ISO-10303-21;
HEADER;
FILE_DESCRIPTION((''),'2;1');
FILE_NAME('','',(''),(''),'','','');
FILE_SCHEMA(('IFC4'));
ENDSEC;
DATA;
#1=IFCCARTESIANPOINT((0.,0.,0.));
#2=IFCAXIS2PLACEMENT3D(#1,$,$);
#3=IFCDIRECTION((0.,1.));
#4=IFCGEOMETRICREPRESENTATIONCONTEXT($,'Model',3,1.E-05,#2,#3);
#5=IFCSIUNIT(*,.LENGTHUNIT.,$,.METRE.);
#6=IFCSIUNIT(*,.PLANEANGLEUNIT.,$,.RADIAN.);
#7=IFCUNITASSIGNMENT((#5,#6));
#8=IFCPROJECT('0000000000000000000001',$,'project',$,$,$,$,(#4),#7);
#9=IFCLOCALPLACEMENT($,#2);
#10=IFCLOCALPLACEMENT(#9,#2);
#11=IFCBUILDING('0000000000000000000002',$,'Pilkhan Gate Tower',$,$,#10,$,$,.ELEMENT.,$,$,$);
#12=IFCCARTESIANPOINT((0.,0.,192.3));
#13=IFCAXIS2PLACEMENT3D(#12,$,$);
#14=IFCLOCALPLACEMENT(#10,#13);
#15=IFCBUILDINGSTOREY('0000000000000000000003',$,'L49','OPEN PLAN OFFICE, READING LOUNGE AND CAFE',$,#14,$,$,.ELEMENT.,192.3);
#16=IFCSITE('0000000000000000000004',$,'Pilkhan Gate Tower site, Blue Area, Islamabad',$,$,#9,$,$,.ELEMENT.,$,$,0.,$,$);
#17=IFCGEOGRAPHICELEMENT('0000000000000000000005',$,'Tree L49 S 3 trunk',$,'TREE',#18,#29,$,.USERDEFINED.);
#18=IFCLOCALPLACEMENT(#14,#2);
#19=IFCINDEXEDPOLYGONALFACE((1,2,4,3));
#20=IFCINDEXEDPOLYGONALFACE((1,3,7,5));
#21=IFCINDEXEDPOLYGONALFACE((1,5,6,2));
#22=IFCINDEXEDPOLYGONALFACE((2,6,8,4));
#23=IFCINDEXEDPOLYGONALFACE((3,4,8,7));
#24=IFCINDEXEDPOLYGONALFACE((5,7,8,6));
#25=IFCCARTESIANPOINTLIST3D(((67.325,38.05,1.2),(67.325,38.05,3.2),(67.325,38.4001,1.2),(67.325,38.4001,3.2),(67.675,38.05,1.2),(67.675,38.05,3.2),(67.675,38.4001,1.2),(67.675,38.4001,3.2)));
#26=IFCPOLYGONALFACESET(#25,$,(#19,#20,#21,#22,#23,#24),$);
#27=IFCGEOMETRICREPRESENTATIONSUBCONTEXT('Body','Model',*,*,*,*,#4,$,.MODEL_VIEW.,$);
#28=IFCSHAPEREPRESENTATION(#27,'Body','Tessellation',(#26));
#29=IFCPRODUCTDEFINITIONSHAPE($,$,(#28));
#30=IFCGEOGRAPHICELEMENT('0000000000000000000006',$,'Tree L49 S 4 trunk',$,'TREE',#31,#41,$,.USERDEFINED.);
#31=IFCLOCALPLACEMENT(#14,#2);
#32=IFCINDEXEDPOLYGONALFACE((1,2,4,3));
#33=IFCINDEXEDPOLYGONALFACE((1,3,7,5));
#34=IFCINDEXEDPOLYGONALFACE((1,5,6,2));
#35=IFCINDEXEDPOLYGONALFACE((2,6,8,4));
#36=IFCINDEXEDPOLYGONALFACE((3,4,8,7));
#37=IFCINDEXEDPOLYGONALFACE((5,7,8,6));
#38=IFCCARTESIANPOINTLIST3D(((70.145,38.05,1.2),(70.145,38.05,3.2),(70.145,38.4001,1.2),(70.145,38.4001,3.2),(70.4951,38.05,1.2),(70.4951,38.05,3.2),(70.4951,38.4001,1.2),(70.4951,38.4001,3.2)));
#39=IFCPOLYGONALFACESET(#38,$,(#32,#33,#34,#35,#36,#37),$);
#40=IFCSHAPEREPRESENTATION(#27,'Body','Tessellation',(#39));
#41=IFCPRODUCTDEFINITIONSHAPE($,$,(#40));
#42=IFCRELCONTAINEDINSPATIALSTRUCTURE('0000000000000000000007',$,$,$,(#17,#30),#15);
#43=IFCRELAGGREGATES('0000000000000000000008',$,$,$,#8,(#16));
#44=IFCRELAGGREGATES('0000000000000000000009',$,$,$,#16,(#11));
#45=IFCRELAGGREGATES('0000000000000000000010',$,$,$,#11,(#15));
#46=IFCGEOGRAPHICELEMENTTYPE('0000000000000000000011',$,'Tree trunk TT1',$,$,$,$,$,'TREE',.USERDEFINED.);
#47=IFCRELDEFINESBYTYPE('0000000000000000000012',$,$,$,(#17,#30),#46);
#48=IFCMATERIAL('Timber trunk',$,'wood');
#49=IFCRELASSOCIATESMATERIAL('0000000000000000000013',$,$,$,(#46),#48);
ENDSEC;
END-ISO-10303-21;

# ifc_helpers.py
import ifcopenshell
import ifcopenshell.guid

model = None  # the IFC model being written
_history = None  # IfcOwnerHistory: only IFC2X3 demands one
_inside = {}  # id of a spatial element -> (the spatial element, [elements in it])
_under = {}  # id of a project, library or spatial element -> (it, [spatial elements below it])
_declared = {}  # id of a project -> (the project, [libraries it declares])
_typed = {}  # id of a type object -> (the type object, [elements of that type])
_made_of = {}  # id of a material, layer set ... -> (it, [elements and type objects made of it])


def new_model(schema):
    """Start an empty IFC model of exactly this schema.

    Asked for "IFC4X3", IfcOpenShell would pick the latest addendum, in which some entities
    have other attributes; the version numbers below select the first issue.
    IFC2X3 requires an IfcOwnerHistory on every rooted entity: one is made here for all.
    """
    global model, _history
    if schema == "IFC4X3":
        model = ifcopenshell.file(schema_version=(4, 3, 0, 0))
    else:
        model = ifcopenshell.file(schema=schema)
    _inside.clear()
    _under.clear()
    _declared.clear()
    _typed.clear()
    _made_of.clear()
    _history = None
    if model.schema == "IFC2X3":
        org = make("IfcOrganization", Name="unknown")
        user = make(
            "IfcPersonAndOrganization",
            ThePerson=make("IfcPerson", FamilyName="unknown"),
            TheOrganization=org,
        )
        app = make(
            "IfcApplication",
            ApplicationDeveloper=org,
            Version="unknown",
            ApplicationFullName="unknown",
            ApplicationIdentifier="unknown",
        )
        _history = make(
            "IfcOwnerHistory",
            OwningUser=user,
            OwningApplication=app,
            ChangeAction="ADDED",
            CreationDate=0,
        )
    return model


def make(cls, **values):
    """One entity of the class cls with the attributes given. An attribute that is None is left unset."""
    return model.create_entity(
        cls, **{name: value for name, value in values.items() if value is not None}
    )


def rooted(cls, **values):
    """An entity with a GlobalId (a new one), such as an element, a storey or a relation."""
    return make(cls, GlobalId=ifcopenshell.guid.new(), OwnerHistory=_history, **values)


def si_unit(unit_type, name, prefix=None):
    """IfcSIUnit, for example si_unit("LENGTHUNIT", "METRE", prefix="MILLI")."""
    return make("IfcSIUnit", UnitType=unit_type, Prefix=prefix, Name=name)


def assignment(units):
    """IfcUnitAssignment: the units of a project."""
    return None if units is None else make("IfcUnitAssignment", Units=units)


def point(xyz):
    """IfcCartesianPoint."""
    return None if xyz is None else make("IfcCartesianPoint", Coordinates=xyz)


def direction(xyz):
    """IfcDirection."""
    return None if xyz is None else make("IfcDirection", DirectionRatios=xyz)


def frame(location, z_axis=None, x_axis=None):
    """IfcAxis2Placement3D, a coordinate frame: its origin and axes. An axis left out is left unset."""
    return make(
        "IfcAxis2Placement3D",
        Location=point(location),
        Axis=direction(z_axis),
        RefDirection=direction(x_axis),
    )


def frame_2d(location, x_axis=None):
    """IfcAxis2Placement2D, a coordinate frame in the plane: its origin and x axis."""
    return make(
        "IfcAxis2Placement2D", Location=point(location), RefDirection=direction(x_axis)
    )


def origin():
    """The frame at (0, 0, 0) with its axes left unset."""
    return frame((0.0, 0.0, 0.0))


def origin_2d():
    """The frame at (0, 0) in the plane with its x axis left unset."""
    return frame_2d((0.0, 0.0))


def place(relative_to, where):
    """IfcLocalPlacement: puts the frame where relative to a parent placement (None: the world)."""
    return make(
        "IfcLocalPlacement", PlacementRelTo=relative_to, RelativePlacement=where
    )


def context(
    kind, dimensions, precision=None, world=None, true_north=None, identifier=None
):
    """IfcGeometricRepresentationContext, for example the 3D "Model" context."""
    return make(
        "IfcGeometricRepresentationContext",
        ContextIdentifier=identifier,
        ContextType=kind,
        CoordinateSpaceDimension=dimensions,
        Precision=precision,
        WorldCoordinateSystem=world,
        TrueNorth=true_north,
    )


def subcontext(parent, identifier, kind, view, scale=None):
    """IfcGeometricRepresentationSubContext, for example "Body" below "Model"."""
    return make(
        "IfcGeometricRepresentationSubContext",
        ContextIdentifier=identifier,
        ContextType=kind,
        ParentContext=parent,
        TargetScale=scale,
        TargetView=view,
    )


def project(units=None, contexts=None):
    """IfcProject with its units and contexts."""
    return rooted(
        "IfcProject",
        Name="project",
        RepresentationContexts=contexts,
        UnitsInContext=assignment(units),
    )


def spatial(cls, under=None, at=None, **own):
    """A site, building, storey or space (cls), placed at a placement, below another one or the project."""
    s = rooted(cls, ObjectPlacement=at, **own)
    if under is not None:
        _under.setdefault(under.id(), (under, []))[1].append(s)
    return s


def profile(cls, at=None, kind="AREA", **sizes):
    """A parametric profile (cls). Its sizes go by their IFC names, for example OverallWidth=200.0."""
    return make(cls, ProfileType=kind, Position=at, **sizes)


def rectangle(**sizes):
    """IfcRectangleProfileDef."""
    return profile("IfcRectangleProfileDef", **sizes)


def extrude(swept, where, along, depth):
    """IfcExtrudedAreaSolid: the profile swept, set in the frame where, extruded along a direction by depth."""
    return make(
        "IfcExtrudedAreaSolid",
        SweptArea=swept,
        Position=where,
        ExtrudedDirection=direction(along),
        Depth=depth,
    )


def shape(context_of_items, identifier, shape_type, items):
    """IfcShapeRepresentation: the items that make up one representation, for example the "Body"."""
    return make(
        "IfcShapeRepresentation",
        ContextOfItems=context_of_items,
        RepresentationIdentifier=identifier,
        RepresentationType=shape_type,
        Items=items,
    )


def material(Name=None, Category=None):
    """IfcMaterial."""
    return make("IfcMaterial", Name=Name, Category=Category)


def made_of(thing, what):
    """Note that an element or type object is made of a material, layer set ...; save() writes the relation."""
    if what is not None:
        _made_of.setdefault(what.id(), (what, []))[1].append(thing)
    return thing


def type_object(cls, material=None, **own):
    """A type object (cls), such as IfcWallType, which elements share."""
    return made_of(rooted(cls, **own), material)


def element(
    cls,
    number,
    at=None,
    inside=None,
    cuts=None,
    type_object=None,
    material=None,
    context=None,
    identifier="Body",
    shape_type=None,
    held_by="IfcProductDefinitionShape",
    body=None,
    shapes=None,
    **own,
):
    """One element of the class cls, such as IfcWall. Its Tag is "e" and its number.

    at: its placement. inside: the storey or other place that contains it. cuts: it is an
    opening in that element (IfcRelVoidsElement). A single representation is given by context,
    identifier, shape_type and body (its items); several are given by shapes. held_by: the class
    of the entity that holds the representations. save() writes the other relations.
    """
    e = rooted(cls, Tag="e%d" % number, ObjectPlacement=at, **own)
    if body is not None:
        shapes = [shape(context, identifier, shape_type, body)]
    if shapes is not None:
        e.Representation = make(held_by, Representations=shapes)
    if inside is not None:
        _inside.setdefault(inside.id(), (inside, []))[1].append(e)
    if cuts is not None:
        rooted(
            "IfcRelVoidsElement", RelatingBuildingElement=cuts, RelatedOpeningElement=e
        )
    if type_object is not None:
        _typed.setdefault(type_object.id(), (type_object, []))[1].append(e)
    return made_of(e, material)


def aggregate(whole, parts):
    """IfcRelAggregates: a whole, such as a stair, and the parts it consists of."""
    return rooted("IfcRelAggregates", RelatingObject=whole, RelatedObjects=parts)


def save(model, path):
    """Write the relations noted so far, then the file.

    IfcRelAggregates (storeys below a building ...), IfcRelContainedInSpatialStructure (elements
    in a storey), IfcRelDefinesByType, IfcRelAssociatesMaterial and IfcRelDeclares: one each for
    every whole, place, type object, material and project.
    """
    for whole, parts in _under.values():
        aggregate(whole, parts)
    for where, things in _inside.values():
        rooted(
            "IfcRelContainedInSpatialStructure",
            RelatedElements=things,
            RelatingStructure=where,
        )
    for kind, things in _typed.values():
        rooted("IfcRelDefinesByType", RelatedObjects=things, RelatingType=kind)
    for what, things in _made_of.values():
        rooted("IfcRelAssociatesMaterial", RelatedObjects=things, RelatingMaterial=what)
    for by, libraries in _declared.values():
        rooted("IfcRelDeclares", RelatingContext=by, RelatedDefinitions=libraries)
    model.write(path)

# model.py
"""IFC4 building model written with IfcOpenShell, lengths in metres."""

from ifc_helpers import new_model, si_unit, direction, frame, origin, origin_2d, place, context, subcontext, project, spatial, rectangle, extrude, material, type_object, element, save


model = new_model("IFC4")

# Units and contexts
model_context = context("Model", 3, precision=1e-05, world=origin(), true_north=direction((0.0, 1.0)))
body_context = subcontext(model_context, "Body", "Model", "MODEL_VIEW")
ifc_project = project(units=[si_unit("LENGTHUNIT", "METRE"), si_unit("PLANEANGLEUNIT", "RADIAN")], contexts=[model_context])

# Site, building, storey
site_placement = place(None, origin())
site = spatial("IfcSite", under=ifc_project, at=site_placement, Name="Pilkhan Gate Tower site, Blue Area, Islamabad", CompositionType="ELEMENT", RefElevation=0.0)
building_placement = place(site_placement, origin())
building = spatial("IfcBuilding", under=site, at=building_placement, Name="Pilkhan Gate Tower", CompositionType="ELEMENT")
storey_placement = place(building_placement, frame((0.0, 0.0, 192.3)))
storey = spatial("IfcBuildingStorey", under=building, at=storey_placement, Name="L49", Description="OPEN PLAN OFFICE, READING LOUNGE AND CAFE", CompositionType="ELEMENT", Elevation=192.3)

# Geographic elements
ifc_material_1 = material(Name="Timber trunk", Category="wood")
geographic_element_type_1 = type_object("IfcGeographicElementType", Name="Tree trunk TT1", ElementType="TREE", PredefinedType="USERDEFINED", material=ifc_material_1)
for number, where, z_axis, x_axis, name in (
    (1, (67.5, 38.2251, 1.2), (0.0, 0.0, 1.0), (1.0, 0.0, 0.0), "Tree L49 S 3 trunk"),
    (2, (70.3201, 38.2251, 1.2), (0.0, 0.0, 1.0), (1.0, 0.0, 0.0), "Tree L49 S 4 trunk"),
):
    element("IfcGeographicElement", number, at=place(storey_placement, frame(where, z_axis=z_axis, x_axis=x_axis)), inside=storey, type_object=geographic_element_type_1, Name=name, ObjectType="TREE", PredefinedType="USERDEFINED", context=body_context, shape_type="SweptSolid", body=[
        extrude(rectangle(XDim=0.3501, YDim=0.3501, at=origin_2d()), origin(), (0.0, 0.0, 1.0), 2.0),
    ])

save(model, "model.ifc")
